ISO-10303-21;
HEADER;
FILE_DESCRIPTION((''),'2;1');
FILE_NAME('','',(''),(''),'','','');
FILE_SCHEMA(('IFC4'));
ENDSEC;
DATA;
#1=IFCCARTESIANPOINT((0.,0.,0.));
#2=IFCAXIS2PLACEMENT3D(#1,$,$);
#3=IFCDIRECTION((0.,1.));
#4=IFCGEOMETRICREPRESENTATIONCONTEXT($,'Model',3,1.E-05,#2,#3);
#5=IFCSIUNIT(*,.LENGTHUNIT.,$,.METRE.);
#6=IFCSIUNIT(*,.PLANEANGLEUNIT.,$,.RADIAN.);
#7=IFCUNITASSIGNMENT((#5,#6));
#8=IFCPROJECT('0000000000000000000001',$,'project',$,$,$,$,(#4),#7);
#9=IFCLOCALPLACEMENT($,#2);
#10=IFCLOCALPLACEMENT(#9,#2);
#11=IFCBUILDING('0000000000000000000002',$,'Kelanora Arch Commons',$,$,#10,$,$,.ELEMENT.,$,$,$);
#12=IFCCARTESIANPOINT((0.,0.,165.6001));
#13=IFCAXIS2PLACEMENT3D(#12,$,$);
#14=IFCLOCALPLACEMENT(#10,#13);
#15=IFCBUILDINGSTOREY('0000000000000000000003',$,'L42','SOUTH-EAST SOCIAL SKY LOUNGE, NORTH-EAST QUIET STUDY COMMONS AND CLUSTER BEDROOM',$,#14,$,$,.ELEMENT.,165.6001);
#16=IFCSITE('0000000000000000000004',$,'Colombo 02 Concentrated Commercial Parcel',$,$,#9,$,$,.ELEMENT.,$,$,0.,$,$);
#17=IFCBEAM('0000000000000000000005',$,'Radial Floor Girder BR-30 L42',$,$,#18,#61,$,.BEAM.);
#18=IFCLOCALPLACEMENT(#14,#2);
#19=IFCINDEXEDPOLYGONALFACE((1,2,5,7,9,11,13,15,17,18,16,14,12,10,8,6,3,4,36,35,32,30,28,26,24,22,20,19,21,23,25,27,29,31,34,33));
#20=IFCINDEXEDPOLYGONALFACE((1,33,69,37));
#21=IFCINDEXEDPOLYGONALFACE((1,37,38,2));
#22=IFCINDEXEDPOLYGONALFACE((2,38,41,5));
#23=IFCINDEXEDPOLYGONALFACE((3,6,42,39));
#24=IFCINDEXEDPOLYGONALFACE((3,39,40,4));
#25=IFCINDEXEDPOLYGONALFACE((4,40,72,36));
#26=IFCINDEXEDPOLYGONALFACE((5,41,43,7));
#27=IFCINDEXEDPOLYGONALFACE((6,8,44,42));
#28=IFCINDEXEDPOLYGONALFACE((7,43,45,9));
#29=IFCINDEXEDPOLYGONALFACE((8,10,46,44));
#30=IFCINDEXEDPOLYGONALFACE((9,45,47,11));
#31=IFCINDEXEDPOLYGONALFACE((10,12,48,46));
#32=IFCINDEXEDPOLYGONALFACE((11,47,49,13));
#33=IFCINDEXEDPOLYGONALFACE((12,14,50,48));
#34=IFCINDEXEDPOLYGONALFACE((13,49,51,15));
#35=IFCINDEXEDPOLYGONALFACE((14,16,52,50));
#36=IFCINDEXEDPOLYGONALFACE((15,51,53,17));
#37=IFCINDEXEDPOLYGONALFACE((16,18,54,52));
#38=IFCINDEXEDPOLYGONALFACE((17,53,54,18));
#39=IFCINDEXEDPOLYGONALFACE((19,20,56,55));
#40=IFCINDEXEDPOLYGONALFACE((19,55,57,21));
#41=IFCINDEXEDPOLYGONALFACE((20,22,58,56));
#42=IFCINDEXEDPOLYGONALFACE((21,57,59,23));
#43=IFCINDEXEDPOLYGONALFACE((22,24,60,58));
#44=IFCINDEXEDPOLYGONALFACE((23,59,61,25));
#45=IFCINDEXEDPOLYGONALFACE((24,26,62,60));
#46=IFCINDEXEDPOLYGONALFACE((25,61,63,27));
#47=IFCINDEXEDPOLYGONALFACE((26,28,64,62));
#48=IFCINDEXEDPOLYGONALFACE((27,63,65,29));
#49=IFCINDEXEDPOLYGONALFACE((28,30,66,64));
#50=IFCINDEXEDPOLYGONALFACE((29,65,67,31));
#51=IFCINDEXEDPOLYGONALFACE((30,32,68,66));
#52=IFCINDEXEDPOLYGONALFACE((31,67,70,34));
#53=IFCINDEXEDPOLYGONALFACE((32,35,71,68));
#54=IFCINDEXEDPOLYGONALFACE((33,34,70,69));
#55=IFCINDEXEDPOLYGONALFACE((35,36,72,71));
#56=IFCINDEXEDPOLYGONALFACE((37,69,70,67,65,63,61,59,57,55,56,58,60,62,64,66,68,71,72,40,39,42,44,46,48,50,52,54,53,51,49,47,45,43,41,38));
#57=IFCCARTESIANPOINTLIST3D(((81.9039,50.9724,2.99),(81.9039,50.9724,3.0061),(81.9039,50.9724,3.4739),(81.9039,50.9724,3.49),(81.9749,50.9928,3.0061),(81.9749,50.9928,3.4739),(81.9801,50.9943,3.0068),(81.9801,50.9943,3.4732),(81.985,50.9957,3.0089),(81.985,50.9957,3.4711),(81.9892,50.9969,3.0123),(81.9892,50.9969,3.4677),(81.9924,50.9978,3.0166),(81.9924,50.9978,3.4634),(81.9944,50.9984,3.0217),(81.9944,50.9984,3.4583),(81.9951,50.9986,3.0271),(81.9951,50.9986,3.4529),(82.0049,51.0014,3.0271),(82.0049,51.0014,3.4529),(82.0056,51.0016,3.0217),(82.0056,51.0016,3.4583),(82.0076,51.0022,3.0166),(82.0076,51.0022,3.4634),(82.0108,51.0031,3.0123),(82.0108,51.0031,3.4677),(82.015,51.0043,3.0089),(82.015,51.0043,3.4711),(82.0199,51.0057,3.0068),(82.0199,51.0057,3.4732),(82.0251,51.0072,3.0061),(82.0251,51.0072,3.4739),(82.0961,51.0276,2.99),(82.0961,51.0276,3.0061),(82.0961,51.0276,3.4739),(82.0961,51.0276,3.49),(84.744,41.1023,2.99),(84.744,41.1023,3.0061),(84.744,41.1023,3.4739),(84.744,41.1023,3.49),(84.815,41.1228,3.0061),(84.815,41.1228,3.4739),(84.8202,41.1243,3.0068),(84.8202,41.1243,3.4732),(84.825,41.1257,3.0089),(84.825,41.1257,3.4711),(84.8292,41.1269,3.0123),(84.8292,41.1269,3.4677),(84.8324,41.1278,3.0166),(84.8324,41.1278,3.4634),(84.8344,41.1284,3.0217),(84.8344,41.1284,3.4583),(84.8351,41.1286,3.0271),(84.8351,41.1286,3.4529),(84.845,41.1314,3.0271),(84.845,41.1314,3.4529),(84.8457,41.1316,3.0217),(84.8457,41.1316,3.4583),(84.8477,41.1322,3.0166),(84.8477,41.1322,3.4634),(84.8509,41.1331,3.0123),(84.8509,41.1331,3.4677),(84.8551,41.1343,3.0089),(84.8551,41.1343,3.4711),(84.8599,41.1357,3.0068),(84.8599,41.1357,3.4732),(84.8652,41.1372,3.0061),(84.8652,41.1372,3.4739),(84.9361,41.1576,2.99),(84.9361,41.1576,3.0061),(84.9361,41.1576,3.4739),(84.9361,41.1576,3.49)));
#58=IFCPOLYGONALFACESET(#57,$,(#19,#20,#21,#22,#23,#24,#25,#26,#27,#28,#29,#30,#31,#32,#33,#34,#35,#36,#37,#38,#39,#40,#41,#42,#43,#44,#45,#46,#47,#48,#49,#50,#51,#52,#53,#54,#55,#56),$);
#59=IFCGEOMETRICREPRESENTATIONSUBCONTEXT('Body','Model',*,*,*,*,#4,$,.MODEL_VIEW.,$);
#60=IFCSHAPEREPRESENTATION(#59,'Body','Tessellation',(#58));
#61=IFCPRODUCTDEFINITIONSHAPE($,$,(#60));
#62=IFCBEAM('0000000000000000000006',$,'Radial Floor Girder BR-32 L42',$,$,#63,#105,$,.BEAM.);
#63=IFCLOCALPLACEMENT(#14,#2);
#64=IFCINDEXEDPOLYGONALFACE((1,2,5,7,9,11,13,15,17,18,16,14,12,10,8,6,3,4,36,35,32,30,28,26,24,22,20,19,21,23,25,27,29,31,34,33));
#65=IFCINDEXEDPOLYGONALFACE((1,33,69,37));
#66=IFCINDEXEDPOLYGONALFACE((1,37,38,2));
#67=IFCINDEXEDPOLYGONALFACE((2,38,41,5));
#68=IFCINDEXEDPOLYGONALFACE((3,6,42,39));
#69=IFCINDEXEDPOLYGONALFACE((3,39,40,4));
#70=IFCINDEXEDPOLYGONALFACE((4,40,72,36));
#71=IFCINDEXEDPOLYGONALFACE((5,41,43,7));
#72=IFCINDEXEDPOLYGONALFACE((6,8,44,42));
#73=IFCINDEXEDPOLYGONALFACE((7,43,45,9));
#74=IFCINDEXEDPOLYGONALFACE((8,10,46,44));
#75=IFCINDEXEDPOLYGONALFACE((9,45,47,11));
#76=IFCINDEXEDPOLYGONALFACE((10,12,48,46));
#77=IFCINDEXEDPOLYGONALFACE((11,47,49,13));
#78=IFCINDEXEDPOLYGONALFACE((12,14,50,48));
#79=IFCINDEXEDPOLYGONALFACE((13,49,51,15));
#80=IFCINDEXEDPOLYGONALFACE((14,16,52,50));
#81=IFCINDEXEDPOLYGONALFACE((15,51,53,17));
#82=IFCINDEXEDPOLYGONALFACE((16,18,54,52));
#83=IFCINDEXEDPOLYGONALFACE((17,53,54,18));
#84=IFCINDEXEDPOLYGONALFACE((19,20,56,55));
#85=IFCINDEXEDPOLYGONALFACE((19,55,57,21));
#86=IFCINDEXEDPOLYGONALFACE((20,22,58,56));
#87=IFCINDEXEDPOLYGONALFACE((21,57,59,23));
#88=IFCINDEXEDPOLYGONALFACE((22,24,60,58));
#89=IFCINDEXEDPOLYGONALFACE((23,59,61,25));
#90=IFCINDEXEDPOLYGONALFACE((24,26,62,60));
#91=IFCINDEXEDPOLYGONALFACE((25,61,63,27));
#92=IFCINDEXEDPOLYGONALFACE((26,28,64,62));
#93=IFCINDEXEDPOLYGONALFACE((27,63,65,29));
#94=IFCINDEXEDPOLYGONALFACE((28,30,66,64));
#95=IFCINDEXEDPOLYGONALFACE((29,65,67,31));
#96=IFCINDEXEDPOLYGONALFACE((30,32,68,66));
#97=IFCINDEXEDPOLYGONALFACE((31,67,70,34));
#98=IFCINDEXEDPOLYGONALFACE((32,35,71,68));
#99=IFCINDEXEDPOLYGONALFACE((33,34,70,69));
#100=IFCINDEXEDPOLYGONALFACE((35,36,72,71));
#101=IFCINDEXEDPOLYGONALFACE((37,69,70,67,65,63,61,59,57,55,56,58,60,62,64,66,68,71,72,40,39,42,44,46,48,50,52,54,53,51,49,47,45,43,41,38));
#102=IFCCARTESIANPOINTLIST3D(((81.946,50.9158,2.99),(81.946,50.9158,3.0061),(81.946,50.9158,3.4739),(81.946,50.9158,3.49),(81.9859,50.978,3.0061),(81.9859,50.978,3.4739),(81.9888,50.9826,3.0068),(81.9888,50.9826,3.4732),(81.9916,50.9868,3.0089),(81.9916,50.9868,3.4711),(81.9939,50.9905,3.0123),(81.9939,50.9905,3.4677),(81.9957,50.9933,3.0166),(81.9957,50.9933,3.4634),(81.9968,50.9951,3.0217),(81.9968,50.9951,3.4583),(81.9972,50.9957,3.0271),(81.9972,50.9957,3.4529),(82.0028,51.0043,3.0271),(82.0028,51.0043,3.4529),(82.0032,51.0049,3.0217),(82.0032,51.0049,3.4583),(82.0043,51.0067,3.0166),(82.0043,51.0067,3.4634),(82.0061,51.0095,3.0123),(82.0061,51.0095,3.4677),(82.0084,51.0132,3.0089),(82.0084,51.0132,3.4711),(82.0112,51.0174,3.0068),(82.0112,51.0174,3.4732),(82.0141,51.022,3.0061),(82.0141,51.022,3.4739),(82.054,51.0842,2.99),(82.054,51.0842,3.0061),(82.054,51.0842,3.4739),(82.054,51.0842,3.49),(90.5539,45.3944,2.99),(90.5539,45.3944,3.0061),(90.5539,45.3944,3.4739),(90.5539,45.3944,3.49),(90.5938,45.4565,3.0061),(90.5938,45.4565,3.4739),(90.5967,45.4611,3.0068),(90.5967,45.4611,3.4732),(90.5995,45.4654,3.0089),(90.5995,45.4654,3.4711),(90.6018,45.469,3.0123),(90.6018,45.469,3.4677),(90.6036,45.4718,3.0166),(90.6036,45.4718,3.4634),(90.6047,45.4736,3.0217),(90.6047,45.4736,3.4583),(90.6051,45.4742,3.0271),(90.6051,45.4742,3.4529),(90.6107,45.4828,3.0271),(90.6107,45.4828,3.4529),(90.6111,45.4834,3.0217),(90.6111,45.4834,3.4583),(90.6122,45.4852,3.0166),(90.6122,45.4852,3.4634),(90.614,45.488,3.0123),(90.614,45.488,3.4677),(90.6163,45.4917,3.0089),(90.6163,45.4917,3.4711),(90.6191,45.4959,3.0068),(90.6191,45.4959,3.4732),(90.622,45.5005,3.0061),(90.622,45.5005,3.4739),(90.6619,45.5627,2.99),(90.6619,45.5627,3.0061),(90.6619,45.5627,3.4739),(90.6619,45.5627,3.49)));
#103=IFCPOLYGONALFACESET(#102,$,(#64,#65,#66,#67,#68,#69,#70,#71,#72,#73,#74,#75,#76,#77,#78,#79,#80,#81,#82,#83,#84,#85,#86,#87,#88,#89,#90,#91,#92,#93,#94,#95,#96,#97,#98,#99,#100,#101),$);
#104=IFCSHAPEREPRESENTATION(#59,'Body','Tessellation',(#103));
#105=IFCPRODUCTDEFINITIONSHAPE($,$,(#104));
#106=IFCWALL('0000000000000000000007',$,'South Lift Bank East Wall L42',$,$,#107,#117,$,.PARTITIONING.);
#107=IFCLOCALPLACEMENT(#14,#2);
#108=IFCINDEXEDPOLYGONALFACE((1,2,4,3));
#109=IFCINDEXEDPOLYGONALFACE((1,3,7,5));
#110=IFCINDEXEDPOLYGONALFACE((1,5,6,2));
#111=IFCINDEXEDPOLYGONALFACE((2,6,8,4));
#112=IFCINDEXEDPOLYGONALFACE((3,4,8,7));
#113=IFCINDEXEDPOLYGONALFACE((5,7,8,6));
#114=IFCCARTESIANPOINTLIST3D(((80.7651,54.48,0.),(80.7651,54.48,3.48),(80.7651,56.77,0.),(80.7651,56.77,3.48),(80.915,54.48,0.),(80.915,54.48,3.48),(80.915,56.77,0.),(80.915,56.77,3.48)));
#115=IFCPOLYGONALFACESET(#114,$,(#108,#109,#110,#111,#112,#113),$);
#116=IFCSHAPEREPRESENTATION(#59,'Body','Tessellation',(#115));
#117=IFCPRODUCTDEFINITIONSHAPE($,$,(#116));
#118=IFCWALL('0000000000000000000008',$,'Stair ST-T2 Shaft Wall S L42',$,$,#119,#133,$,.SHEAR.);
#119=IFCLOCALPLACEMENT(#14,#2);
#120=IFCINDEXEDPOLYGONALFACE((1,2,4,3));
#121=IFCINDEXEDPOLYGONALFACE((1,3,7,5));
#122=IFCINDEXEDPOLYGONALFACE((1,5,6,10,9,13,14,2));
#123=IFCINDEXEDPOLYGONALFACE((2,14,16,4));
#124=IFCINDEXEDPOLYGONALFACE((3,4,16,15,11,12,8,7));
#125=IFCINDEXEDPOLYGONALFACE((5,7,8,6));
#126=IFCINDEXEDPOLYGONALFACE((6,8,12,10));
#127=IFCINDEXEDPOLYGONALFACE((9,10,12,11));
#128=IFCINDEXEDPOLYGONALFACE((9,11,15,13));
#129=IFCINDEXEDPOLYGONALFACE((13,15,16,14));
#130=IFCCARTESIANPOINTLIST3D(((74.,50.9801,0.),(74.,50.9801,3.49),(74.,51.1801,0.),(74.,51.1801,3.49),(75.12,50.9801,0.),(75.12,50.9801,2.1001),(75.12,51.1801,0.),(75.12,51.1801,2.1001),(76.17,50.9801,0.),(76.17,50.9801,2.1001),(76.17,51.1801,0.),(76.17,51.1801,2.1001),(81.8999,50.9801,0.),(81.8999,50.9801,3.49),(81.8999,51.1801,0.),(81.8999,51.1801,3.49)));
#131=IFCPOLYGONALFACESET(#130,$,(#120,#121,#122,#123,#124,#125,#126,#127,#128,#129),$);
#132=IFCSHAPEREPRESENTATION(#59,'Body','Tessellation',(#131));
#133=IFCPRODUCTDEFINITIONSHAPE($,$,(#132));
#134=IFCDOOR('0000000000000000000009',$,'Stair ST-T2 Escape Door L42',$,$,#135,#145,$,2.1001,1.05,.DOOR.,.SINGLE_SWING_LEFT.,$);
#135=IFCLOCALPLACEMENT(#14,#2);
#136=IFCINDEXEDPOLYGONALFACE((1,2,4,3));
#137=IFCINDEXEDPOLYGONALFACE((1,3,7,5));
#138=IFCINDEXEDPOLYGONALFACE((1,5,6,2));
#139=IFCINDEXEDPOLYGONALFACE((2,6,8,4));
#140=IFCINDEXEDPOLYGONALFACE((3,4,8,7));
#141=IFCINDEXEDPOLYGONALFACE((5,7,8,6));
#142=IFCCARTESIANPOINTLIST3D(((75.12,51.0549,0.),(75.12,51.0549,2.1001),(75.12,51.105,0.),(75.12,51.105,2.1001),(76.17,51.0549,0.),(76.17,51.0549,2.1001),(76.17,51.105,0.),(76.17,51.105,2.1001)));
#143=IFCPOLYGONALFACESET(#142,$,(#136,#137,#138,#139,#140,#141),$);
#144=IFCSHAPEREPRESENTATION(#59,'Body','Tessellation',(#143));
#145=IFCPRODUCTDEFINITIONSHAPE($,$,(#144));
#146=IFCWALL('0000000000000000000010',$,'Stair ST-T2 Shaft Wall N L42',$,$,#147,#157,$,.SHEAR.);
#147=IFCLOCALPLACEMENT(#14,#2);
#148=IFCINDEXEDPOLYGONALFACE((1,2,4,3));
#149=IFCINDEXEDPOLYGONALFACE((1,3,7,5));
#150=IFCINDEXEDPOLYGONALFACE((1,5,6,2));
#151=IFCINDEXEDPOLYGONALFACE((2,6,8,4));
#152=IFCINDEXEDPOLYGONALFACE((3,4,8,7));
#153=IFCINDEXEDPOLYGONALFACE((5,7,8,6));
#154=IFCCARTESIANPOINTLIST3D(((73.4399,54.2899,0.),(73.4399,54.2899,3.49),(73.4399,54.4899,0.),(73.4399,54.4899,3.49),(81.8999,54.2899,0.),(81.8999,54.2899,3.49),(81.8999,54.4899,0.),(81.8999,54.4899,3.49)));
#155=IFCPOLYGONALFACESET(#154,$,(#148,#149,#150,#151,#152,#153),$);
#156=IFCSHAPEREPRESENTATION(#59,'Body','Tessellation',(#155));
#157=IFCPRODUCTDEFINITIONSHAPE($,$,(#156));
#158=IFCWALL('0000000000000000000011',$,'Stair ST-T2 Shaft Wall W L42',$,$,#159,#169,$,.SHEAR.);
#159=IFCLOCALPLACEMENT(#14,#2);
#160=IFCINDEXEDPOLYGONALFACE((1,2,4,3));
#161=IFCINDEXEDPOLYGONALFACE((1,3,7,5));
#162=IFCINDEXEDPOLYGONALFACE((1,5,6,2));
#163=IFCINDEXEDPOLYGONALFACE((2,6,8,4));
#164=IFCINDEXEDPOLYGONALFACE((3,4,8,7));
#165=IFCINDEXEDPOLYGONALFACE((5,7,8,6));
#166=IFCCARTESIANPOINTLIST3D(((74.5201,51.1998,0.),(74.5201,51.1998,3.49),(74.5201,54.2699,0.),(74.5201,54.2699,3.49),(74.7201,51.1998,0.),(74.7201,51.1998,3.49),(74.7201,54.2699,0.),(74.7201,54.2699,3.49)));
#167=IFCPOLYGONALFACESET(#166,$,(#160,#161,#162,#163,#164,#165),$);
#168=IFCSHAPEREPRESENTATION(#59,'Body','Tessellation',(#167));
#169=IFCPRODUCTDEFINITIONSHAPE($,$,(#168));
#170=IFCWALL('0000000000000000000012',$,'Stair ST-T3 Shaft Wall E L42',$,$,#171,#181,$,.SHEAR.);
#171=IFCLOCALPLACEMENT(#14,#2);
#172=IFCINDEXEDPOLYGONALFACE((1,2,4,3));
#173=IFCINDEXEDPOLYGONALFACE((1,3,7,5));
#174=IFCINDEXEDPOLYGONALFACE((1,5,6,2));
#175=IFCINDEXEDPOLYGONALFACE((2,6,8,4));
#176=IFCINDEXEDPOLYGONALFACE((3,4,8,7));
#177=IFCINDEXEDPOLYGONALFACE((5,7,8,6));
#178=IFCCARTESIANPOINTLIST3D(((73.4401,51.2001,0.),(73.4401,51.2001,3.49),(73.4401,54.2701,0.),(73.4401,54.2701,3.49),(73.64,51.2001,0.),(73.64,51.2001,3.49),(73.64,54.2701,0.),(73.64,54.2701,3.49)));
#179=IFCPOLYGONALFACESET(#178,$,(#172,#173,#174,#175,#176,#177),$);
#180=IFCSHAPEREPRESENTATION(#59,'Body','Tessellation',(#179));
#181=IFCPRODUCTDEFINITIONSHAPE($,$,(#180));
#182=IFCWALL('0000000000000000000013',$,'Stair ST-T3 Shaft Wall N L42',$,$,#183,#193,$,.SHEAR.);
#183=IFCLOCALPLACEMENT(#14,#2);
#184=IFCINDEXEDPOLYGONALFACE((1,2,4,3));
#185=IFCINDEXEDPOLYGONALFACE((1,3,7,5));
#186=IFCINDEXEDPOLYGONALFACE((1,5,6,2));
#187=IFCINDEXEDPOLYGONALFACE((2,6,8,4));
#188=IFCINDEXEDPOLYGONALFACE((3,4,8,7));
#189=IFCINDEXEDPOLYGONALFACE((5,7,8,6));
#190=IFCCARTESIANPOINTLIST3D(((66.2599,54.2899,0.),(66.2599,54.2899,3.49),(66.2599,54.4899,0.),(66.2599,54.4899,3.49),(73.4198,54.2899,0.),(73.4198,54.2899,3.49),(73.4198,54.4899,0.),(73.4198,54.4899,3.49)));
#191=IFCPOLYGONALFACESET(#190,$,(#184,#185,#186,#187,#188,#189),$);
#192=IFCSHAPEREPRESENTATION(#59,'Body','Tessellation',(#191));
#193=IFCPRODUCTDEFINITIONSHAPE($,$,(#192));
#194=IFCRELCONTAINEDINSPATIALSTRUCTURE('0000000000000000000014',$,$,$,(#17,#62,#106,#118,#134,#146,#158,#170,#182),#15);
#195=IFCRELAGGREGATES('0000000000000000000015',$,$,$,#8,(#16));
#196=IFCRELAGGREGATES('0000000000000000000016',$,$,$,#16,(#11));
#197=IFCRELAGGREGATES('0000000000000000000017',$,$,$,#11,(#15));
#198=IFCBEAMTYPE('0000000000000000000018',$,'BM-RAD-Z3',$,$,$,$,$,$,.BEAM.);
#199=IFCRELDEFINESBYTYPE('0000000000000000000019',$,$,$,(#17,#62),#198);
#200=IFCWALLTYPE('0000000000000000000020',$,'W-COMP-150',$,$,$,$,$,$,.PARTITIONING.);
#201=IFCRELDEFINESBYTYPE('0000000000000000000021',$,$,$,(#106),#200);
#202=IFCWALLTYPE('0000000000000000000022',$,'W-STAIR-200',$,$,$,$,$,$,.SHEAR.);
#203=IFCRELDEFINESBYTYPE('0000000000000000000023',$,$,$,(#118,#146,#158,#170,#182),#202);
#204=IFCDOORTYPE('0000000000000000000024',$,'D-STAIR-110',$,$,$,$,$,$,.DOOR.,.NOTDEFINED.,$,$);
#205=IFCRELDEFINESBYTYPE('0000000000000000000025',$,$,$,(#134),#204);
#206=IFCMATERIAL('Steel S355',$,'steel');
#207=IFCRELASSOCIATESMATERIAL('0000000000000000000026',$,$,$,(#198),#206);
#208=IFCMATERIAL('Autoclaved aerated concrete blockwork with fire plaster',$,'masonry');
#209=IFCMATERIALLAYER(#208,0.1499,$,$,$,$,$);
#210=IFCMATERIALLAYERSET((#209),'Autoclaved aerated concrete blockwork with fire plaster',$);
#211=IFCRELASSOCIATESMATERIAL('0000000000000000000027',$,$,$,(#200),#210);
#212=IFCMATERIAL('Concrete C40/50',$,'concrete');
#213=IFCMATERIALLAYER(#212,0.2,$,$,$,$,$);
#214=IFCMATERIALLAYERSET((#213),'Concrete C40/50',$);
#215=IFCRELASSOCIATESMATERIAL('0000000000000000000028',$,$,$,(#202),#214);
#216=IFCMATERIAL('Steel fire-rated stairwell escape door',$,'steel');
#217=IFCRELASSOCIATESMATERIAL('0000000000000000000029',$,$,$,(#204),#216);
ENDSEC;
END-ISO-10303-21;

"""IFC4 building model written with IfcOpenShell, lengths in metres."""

from ifc_helpers import new_model, si_unit, direction, frame, frame_2d, origin, origin_2d, place, context, subcontext, project, spatial, rectangle, i_section, extrude, material, layer, layer_set, material_profile, profile_set, type_object, element, fill, save


model = new_model("IFC4")

# Units and contexts
model_context = context("Model", 3, precision=1e-05, world=origin(), true_north=direction((0.0, 1.0)))
body_context = subcontext(model_context, "Body", "Model", "MODEL_VIEW")
ifc_project = project(units=[si_unit("LENGTHUNIT", "METRE"), si_unit("PLANEANGLEUNIT", "RADIAN")], contexts=[model_context])

# Site, building, storey
site_placement = place(None, origin())
site = spatial("IfcSite", under=ifc_project, at=site_placement, Name="Colombo 02 Concentrated Commercial Parcel", CompositionType="ELEMENT", RefElevation=0.0)
building_placement = place(site_placement, origin())
building = spatial("IfcBuilding", under=site, at=building_placement, Name="Kelanora Arch Commons", CompositionType="ELEMENT")
storey_placement = place(building_placement, frame((0.0, 0.0, 165.6001)))
storey = spatial("IfcBuildingStorey", under=building, at=storey_placement, Name="L42", Description="SOUTH-EAST SOCIAL SKY LOUNGE, NORTH-EAST QUIET STUDY COMMONS AND CLUSTER BEDROOM", CompositionType="ELEMENT", Elevation=165.6001)

# Beams
ifc_material_1 = material(Name="Steel S355", Category="steel")
ifc_material_profile_1 = material_profile(ifc_material_1, i_section(OverallWidth=0.2, OverallDepth=0.5, WebThickness=0.0103, FlangeThickness=0.0161, FilletRadius=0.021, at=origin_2d()), Name="IPE500")
ifc_profile_set_1 = profile_set([ifc_material_profile_1], Name="Steel S355")
beam_type_1 = type_object("IfcBeamType", Name="BM-RAD-Z3", PredefinedType="BEAM", material=ifc_profile_set_1)
beam_1_placement = place(storey_placement, frame((82.0, 51.0, 3.24), z_axis=(0.276526, -0.961006, 0.0), x_axis=(0.961006, 0.276526, 0.0)))
element("IfcBeam", 1, at=beam_1_placement, inside=storey, type_object=beam_type_1, Name="Radial Floor Girder BR-30 L42", PredefinedType="BEAM", context=body_context, shape_type="SweptSolid", body=[
    extrude(i_section(OverallWidth=0.2, OverallDepth=0.5, WebThickness=0.0103, FlangeThickness=0.0161, FilletRadius=0.021, at=origin_2d()), origin(), (0.0, 0.0, 1.0), 10.2705),
])
beam_2_placement = place(storey_placement, frame((82.0, 51.0, 3.24), z_axis=(0.841719, -0.539915, 0.0), x_axis=(0.539915, 0.841719, 0.0)))
element("IfcBeam", 2, at=beam_2_placement, inside=storey, type_object=beam_type_1, Name="Radial Floor Girder BR-32 L42", PredefinedType="BEAM", context=body_context, shape_type="SweptSolid", body=[
    extrude(i_section(OverallWidth=0.2, OverallDepth=0.5, WebThickness=0.0103, FlangeThickness=0.0161, FilletRadius=0.021, at=origin_2d()), origin(), (0.0, 0.0, 1.0), 10.2266),
])

# Wall
ifc_material_2 = material(Name="Autoclaved aerated concrete blockwork with fire plaster", Category="masonry")
ifc_layer_1 = layer(ifc_material_2, 0.1499)
ifc_layer_set_1 = layer_set([ifc_layer_1], Name="Autoclaved aerated concrete blockwork with fire plaster")
wall_type_1 = type_object("IfcWallType", Name="W-COMP-150", PredefinedType="PARTITIONING", material=ifc_layer_set_1)
wall_1_placement = place(storey_placement, frame((80.8401, 54.48, 0.0), z_axis=(0.0, 0.0, 1.0), x_axis=(0.0, 1.0, 0.0)))
element("IfcWall", 3, at=wall_1_placement, inside=storey, type_object=wall_type_1, Name="South Lift Bank East Wall L42", PredefinedType="PARTITIONING", context=body_context, shape_type="SweptSolid", body=[
    extrude(rectangle(XDim=2.29, YDim=0.1499, at=frame_2d((1.145, 0.0))), origin(), (0.0, 0.0, 1.0), 3.48),
])

# Wall, opening, door
ifc_material_3 = material(Name="Concrete C40/50", Category="concrete")
ifc_layer_2 = layer(ifc_material_3, 0.2)
ifc_layer_set_2 = layer_set([ifc_layer_2], Name="Concrete C40/50")
wall_type_2 = type_object("IfcWallType", Name="W-STAIR-200", PredefinedType="SHEAR", material=ifc_layer_set_2)
wall_2_placement = place(storey_placement, frame((74.0, 51.0801, 0.0), z_axis=(0.0, 0.0, 1.0), x_axis=(1.0, 0.0, 0.0)))
wall_2 = element("IfcWall", 4, at=wall_2_placement, inside=storey, type_object=wall_type_2, Name="Stair ST-T2 Shaft Wall S L42", PredefinedType="SHEAR", context=body_context, shape_type="SweptSolid", body=[
    extrude(rectangle(XDim=7.8999, YDim=0.2, at=frame_2d((3.95, 0.0))), origin(), (0.0, 0.0, 1.0), 3.49),
])
opening_placement = place(wall_2_placement, frame((1.1201, 0.0, 0.0)))
opening = element("IfcOpeningElement", 5, at=opening_placement, cuts=wall_2, PredefinedType="OPENING", context=body_context, shape_type="SweptSolid", body=[
    extrude(rectangle(XDim=1.05, YDim=2.1001, at=frame_2d((0.5249, 1.05))), frame((0.0, 0.1099, 0.0), z_axis=(0.0, -1.0, 0.0), x_axis=(1.0, 0.0, 0.0)), (0.0, 0.0, 1.0), 0.22),
])
ifc_material_4 = material(Name="Steel fire-rated stairwell escape door", Category="steel")
door_type = type_object("IfcDoorType", Name="D-STAIR-110", OperationType="NOTDEFINED", PredefinedType="DOOR", material=ifc_material_4)
door_placement = place(opening_placement, origin())
door = element("IfcDoor", 6, at=door_placement, inside=storey, type_object=door_type, Name="Stair ST-T2 Escape Door L42", OperationType="SINGLE_SWING_LEFT", OverallHeight=2.1001, OverallWidth=1.05, PredefinedType="DOOR", context=body_context, shape_type="SweptSolid", body=[
    extrude(rectangle(XDim=1.05, YDim=2.1001, at=frame_2d((0.5249, 1.05))), frame((0.0, 0.0249, 0.0), z_axis=(0.0, -1.0, 0.0), x_axis=(1.0, 0.0, 0.0)), (0.0, 0.0, 1.0), 0.05),
])
fill(opening, door)

# Walls
wall_3_placement = place(storey_placement, frame((81.8999, 54.3899, 0.0), z_axis=(0.0, 0.0, 1.0), x_axis=(-1.0, 0.0, 0.0)))
element("IfcWall", 7, at=wall_3_placement, inside=storey, type_object=wall_type_2, Name="Stair ST-T2 Shaft Wall N L42", PredefinedType="SHEAR", context=body_context, shape_type="SweptSolid", body=[
    extrude(rectangle(XDim=8.46, YDim=0.2, at=frame_2d((4.23, 0.0))), origin(), (0.0, 0.0, 1.0), 3.49),
])
for number, where, z_axis, x_axis, name in (
    (8, (74.6201, 54.27, 0.0), (0.0, 0.0, 1.0), (0.0, -1.0, 0.0), "Stair ST-T2 Shaft Wall W L42"),
    (9, (73.54, 51.2, 0.0), (0.0, 0.0, 1.0), (0.0, 1.0, 0.0), "Stair ST-T3 Shaft Wall E L42"),
):
    element("IfcWall", number, at=place(storey_placement, frame(where, z_axis=z_axis, x_axis=x_axis)), inside=storey, type_object=wall_type_2, Name=name, PredefinedType="SHEAR", context=body_context, shape_type="SweptSolid", body=[
        extrude(rectangle(XDim=3.0701, YDim=0.2, at=frame_2d((1.5352, 0.0))), origin(), (0.0, 0.0, 1.0), 3.49),
    ])
wall_4_placement = place(storey_placement, frame((73.4199, 54.3899, 0.0), z_axis=(0.0, 0.0, 1.0), x_axis=(-1.0, 0.0, 0.0)))
element("IfcWall", 10, at=wall_4_placement, inside=storey, type_object=wall_type_2, Name="Stair ST-T3 Shaft Wall N L42", PredefinedType="SHEAR", context=body_context, shape_type="SweptSolid", body=[
    extrude(rectangle(XDim=7.1599, YDim=0.2, at=frame_2d((3.5801, 0.0))), origin(), (0.0, 0.0, 1.0), 3.49),
])

save(model, "model.ifc")
